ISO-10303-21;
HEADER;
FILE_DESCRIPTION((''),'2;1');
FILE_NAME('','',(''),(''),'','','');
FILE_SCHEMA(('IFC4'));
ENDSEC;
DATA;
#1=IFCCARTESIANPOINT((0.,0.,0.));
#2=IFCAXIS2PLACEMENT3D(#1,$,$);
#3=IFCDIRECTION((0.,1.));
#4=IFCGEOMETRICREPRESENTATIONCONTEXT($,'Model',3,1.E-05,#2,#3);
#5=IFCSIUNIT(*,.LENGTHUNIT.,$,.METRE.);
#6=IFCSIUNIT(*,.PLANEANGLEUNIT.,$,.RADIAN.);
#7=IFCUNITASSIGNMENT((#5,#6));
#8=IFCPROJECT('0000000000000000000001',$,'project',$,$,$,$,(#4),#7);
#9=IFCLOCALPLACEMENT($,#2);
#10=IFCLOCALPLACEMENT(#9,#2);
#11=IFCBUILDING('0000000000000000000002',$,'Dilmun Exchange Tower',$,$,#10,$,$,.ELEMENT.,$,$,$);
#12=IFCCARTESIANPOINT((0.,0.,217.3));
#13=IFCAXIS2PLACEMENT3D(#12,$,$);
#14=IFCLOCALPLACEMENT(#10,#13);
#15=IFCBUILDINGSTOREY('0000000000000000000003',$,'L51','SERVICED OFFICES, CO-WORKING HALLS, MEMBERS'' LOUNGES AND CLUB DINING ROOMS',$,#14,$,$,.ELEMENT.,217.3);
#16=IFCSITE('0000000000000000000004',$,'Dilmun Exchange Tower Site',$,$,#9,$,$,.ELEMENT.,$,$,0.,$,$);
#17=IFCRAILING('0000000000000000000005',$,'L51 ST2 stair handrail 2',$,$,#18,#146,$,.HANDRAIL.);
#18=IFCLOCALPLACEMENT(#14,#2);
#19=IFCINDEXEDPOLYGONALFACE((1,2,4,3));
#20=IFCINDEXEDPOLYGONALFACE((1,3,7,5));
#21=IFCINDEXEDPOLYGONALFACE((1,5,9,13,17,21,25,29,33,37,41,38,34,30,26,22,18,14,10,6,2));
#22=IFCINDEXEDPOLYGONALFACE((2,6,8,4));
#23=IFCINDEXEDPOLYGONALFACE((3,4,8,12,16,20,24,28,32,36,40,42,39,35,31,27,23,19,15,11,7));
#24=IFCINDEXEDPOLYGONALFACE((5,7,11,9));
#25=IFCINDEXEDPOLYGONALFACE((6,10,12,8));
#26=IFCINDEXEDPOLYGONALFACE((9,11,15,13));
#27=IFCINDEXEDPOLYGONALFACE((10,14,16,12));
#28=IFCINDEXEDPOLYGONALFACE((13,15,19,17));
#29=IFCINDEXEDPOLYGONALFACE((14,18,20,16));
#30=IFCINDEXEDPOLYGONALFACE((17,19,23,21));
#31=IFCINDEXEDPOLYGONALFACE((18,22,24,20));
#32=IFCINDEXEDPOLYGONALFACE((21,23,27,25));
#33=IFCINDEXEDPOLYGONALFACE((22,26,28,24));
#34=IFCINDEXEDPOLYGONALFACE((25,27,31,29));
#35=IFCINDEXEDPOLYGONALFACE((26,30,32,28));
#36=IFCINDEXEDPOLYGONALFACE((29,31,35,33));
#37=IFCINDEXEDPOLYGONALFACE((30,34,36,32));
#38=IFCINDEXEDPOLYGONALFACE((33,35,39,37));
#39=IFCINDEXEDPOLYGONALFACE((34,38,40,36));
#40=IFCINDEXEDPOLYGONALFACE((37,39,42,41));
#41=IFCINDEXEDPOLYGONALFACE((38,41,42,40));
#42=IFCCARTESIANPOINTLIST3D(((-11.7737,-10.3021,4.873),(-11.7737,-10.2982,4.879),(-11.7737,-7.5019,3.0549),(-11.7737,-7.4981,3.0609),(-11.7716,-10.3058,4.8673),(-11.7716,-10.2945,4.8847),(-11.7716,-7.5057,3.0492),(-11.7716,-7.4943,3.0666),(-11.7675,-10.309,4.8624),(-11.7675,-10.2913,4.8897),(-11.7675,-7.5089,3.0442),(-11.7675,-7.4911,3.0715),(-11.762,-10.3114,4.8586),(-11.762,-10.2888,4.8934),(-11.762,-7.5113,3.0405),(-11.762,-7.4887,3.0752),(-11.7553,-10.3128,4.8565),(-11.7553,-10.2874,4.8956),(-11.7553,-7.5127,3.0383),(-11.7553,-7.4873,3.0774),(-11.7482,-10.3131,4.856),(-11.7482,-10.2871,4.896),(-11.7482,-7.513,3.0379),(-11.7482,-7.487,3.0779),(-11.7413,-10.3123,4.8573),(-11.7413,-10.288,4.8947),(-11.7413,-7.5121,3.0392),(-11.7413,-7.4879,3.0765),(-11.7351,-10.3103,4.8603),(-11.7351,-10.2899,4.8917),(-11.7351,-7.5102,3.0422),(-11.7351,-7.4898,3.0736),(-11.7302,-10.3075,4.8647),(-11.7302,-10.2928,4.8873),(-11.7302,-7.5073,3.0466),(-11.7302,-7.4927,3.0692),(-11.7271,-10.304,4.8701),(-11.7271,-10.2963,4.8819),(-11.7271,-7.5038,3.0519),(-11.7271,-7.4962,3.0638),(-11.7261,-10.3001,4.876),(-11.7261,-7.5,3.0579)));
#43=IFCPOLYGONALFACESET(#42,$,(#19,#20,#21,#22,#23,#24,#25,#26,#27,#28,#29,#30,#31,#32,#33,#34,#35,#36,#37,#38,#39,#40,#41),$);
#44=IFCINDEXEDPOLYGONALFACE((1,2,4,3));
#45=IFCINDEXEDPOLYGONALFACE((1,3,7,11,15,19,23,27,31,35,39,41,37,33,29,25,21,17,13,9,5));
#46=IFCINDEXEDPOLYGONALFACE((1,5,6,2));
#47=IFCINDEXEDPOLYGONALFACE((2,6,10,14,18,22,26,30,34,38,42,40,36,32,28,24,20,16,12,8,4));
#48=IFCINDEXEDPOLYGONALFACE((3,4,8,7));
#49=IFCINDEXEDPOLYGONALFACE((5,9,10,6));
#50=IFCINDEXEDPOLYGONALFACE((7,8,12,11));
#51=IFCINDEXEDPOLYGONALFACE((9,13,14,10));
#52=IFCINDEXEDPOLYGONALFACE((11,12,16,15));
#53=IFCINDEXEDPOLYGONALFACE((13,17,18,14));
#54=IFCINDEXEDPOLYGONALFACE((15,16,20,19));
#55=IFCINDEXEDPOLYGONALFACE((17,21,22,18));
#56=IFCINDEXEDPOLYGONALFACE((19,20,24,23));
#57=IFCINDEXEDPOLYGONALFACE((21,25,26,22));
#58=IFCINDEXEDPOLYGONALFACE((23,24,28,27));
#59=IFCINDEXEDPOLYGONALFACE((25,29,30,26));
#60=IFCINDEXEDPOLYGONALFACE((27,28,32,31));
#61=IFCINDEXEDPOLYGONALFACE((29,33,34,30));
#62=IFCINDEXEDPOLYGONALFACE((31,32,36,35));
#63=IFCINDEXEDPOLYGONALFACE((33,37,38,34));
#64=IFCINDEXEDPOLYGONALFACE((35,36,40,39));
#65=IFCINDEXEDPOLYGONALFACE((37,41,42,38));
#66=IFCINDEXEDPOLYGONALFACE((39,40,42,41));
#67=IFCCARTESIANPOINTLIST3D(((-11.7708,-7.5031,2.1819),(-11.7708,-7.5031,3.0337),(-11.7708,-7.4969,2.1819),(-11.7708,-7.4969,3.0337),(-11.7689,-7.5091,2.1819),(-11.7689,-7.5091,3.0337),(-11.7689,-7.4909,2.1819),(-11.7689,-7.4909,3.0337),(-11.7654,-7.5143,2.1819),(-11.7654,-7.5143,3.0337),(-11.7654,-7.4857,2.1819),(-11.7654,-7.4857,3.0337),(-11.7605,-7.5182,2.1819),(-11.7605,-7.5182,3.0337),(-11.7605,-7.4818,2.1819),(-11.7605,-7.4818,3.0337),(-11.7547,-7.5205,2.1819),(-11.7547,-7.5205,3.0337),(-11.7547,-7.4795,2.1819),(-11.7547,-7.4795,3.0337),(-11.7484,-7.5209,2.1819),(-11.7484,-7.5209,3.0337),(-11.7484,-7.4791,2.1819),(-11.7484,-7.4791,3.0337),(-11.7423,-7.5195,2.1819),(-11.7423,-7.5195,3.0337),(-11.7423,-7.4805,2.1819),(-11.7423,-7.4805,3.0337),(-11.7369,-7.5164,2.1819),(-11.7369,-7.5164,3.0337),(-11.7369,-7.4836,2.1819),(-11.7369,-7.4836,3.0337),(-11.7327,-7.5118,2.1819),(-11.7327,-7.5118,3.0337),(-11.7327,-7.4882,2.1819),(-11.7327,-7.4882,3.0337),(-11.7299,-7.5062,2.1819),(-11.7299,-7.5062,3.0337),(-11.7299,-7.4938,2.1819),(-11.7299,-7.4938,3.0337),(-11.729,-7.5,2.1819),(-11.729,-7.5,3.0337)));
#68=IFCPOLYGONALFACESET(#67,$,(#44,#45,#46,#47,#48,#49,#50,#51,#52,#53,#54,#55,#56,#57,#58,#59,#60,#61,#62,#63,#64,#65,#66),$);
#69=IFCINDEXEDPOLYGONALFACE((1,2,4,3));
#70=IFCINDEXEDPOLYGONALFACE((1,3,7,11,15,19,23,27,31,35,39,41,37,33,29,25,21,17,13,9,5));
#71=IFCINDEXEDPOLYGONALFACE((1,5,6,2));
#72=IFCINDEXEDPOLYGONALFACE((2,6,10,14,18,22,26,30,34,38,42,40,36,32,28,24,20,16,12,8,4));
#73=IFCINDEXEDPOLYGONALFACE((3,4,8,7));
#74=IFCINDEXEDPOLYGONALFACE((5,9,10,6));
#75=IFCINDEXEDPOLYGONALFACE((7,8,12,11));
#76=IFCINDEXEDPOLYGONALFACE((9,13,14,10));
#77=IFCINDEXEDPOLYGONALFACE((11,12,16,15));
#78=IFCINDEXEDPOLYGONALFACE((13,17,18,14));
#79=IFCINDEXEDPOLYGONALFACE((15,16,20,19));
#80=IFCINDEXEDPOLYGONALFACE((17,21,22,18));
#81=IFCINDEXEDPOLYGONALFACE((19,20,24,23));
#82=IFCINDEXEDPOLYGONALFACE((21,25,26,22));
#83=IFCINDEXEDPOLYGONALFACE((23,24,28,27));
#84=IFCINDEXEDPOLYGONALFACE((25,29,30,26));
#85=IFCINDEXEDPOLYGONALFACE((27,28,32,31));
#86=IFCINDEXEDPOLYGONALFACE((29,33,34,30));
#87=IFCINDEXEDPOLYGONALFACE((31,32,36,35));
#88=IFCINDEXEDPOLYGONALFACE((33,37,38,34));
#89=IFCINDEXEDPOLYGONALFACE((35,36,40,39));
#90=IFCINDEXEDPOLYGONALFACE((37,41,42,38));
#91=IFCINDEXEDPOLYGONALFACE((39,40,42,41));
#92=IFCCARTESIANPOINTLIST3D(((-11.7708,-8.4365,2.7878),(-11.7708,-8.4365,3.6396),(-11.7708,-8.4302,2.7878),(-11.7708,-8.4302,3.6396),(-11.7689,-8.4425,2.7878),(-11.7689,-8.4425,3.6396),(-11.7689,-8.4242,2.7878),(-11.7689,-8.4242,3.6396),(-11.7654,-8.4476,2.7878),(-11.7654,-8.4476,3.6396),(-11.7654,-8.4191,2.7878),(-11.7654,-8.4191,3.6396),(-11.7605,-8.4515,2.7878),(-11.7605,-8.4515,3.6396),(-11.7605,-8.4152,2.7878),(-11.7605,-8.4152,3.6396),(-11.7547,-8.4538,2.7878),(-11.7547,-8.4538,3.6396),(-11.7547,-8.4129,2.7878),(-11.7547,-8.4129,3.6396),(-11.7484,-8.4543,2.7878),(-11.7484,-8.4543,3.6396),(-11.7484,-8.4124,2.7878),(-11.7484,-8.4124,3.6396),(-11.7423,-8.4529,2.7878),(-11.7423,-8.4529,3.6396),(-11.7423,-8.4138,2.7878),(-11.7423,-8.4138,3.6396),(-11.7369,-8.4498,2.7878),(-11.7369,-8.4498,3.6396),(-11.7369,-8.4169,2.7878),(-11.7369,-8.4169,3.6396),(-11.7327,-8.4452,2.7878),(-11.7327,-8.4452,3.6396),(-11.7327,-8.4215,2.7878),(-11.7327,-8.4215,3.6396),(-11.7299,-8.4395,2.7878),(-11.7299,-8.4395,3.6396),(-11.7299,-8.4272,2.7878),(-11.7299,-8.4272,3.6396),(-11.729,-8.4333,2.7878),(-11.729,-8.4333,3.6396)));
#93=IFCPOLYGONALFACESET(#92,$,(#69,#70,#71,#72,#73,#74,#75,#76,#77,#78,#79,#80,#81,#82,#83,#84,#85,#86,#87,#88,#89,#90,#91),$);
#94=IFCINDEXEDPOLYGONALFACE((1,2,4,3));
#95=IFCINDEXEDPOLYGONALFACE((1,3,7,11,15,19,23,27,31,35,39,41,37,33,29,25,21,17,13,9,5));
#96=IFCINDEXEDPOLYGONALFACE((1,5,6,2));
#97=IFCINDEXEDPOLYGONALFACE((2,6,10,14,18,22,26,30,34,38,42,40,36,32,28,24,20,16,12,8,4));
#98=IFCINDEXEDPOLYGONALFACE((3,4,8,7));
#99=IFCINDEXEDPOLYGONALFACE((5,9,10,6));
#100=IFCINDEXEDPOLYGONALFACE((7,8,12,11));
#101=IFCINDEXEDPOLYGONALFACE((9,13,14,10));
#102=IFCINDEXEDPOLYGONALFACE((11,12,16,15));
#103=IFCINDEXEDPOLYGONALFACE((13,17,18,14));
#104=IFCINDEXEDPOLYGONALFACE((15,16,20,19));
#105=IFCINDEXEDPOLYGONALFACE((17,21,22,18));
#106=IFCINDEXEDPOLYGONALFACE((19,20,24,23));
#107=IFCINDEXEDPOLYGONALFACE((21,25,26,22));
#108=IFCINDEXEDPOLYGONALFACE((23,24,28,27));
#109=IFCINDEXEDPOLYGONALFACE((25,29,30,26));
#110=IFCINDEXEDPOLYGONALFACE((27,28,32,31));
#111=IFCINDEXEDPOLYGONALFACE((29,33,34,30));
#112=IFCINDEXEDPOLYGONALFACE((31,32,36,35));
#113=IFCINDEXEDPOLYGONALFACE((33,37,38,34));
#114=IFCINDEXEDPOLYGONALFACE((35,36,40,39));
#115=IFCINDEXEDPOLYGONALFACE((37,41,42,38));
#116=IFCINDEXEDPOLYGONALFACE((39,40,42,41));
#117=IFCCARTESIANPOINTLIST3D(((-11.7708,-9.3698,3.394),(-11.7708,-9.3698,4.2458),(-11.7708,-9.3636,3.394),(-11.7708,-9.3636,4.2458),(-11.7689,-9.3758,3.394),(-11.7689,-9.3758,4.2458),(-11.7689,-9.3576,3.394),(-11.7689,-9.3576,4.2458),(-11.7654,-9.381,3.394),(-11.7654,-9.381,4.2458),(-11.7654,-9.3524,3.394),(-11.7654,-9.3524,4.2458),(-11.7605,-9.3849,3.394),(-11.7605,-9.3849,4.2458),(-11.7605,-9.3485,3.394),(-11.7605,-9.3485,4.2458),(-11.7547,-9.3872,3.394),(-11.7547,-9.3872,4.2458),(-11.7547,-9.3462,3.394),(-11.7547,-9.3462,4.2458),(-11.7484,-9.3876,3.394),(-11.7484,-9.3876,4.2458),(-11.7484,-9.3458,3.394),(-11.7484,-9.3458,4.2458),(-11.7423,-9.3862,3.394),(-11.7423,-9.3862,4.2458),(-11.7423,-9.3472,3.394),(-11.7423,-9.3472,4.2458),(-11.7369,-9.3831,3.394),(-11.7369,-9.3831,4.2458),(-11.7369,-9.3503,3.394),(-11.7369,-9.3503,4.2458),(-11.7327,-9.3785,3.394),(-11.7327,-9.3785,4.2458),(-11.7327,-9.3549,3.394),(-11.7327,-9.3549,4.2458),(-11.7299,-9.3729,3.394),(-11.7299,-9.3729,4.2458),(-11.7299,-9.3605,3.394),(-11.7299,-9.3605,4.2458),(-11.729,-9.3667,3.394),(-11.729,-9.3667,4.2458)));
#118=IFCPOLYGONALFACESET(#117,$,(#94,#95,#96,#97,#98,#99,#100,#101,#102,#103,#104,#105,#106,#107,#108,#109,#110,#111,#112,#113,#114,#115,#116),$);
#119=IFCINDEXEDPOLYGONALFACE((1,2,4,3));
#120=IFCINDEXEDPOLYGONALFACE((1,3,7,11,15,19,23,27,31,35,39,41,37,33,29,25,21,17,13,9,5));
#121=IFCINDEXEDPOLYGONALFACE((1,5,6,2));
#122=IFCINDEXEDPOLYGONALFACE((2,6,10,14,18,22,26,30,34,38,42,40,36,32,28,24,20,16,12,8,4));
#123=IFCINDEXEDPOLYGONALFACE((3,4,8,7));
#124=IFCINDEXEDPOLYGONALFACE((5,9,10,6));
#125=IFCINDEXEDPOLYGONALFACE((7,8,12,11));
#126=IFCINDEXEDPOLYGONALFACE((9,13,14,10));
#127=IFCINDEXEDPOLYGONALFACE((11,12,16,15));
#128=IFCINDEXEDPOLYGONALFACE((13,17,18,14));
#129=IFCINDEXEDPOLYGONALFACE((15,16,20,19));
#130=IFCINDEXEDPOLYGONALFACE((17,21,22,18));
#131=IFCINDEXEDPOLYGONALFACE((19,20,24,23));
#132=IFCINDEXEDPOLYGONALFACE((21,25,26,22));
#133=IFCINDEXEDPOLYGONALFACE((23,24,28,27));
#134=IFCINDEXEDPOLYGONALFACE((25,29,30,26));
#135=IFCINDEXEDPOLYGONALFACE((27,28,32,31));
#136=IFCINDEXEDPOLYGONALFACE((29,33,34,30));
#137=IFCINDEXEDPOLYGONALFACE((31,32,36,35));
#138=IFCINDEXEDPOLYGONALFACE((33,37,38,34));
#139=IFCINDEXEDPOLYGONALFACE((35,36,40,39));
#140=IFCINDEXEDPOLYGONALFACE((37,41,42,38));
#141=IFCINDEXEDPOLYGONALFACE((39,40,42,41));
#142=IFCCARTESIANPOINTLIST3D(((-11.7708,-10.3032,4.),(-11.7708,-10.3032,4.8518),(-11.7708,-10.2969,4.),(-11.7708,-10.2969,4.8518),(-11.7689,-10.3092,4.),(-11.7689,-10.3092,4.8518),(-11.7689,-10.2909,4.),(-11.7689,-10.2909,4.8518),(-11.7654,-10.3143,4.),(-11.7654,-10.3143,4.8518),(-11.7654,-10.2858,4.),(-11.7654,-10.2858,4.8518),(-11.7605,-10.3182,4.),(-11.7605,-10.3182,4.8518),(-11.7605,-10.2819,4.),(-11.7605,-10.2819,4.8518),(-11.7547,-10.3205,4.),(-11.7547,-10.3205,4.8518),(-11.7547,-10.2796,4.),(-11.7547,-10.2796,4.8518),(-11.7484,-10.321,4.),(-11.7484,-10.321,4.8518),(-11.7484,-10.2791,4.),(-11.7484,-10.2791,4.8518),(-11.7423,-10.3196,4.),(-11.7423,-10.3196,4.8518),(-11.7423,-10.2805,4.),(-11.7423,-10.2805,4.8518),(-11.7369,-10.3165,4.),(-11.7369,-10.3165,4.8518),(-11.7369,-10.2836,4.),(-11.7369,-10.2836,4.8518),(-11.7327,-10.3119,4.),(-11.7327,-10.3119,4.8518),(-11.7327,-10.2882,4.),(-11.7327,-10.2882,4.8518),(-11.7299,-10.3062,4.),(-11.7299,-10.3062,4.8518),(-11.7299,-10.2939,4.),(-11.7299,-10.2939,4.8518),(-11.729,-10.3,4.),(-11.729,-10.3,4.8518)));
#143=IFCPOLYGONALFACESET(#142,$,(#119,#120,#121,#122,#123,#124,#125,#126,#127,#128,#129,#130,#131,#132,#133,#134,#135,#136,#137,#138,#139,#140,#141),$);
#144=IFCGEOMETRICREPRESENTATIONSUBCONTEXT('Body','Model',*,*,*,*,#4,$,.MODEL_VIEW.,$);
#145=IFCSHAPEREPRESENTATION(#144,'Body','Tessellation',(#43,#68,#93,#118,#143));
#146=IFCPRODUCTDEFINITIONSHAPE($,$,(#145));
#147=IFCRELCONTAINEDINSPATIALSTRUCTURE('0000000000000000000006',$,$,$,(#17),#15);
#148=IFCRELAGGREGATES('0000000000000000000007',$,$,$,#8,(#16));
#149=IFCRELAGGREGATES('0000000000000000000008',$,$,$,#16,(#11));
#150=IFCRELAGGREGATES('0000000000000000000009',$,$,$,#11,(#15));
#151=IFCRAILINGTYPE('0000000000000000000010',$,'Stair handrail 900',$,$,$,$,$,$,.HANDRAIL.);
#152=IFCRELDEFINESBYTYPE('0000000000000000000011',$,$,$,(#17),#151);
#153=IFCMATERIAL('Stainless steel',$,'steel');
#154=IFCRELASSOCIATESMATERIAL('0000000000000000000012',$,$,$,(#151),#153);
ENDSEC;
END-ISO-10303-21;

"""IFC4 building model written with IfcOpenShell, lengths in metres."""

from ifc_helpers import new_model, si_unit, direction, frame, origin, origin_2d, place, context, subcontext, project, spatial, circle, extrude, material, type_object, element, save


model = new_model("IFC4")

# Units and contexts
model_context = context("Model", 3, precision=1e-05, world=origin(), true_north=direction((0.0, 1.0)))
body_context = subcontext(model_context, "Body", "Model", "MODEL_VIEW")
ifc_project = project(units=[si_unit("LENGTHUNIT", "METRE"), si_unit("PLANEANGLEUNIT", "RADIAN")], contexts=[model_context])

# Site, building, storey
site_placement = place(None, origin())
site = spatial("IfcSite", under=ifc_project, at=site_placement, Name="Dilmun Exchange Tower Site", CompositionType="ELEMENT", RefElevation=0.0)
building_placement = place(site_placement, origin())
building = spatial("IfcBuilding", under=site, at=building_placement, Name="Dilmun Exchange Tower", CompositionType="ELEMENT")
storey_placement = place(building_placement, frame((0.0, 0.0, 217.3)))
storey = spatial("IfcBuildingStorey", under=building, at=storey_placement, Name="L51", Description="SERVICED OFFICES, CO-WORKING HALLS, MEMBERS' LOUNGES AND CLUB DINING ROOMS", CompositionType="ELEMENT", Elevation=217.3)

# Railing
ifc_material_1 = material(Name="Stainless steel", Category="steel")
railing_type = type_object("IfcRailingType", Name="Stair handrail 900", PredefinedType="HANDRAIL", material=ifc_material_1)
railing_placement = place(storey_placement, frame((-11.75, -7.5, 2.1819)))
element("IfcRailing", 1, at=railing_placement, inside=storey, type_object=railing_type, Name="L51 ST2 stair handrail 2", PredefinedType="HANDRAIL", context=body_context, shape_type="SweptSolid", body=[
    extrude(circle(Radius=0.0239, at=origin_2d()), frame((0.0, 0.0, 0.876), z_axis=(0.0, -0.838706, 0.544585), x_axis=(1.0, 0.0, 0.0)), (0.0, 0.0, 1.0), 3.3386),
    extrude(circle(Radius=0.021, at=origin_2d()), origin(), (0.0, 0.0, 1.0), 0.8518),
    extrude(circle(Radius=0.021, at=origin_2d()), frame((0.0, -0.9333, 0.606)), (0.0, 0.0, 1.0), 0.8518),
    extrude(circle(Radius=0.021, at=origin_2d()), frame((0.0, -1.8667, 1.2122)), (0.0, 0.0, 1.0), 0.8518),
    extrude(circle(Radius=0.021, at=origin_2d()), frame((0.0, -2.8, 1.8181)), (0.0, 0.0, 1.0), 0.8518),
])

save(model, "model.ifc")
